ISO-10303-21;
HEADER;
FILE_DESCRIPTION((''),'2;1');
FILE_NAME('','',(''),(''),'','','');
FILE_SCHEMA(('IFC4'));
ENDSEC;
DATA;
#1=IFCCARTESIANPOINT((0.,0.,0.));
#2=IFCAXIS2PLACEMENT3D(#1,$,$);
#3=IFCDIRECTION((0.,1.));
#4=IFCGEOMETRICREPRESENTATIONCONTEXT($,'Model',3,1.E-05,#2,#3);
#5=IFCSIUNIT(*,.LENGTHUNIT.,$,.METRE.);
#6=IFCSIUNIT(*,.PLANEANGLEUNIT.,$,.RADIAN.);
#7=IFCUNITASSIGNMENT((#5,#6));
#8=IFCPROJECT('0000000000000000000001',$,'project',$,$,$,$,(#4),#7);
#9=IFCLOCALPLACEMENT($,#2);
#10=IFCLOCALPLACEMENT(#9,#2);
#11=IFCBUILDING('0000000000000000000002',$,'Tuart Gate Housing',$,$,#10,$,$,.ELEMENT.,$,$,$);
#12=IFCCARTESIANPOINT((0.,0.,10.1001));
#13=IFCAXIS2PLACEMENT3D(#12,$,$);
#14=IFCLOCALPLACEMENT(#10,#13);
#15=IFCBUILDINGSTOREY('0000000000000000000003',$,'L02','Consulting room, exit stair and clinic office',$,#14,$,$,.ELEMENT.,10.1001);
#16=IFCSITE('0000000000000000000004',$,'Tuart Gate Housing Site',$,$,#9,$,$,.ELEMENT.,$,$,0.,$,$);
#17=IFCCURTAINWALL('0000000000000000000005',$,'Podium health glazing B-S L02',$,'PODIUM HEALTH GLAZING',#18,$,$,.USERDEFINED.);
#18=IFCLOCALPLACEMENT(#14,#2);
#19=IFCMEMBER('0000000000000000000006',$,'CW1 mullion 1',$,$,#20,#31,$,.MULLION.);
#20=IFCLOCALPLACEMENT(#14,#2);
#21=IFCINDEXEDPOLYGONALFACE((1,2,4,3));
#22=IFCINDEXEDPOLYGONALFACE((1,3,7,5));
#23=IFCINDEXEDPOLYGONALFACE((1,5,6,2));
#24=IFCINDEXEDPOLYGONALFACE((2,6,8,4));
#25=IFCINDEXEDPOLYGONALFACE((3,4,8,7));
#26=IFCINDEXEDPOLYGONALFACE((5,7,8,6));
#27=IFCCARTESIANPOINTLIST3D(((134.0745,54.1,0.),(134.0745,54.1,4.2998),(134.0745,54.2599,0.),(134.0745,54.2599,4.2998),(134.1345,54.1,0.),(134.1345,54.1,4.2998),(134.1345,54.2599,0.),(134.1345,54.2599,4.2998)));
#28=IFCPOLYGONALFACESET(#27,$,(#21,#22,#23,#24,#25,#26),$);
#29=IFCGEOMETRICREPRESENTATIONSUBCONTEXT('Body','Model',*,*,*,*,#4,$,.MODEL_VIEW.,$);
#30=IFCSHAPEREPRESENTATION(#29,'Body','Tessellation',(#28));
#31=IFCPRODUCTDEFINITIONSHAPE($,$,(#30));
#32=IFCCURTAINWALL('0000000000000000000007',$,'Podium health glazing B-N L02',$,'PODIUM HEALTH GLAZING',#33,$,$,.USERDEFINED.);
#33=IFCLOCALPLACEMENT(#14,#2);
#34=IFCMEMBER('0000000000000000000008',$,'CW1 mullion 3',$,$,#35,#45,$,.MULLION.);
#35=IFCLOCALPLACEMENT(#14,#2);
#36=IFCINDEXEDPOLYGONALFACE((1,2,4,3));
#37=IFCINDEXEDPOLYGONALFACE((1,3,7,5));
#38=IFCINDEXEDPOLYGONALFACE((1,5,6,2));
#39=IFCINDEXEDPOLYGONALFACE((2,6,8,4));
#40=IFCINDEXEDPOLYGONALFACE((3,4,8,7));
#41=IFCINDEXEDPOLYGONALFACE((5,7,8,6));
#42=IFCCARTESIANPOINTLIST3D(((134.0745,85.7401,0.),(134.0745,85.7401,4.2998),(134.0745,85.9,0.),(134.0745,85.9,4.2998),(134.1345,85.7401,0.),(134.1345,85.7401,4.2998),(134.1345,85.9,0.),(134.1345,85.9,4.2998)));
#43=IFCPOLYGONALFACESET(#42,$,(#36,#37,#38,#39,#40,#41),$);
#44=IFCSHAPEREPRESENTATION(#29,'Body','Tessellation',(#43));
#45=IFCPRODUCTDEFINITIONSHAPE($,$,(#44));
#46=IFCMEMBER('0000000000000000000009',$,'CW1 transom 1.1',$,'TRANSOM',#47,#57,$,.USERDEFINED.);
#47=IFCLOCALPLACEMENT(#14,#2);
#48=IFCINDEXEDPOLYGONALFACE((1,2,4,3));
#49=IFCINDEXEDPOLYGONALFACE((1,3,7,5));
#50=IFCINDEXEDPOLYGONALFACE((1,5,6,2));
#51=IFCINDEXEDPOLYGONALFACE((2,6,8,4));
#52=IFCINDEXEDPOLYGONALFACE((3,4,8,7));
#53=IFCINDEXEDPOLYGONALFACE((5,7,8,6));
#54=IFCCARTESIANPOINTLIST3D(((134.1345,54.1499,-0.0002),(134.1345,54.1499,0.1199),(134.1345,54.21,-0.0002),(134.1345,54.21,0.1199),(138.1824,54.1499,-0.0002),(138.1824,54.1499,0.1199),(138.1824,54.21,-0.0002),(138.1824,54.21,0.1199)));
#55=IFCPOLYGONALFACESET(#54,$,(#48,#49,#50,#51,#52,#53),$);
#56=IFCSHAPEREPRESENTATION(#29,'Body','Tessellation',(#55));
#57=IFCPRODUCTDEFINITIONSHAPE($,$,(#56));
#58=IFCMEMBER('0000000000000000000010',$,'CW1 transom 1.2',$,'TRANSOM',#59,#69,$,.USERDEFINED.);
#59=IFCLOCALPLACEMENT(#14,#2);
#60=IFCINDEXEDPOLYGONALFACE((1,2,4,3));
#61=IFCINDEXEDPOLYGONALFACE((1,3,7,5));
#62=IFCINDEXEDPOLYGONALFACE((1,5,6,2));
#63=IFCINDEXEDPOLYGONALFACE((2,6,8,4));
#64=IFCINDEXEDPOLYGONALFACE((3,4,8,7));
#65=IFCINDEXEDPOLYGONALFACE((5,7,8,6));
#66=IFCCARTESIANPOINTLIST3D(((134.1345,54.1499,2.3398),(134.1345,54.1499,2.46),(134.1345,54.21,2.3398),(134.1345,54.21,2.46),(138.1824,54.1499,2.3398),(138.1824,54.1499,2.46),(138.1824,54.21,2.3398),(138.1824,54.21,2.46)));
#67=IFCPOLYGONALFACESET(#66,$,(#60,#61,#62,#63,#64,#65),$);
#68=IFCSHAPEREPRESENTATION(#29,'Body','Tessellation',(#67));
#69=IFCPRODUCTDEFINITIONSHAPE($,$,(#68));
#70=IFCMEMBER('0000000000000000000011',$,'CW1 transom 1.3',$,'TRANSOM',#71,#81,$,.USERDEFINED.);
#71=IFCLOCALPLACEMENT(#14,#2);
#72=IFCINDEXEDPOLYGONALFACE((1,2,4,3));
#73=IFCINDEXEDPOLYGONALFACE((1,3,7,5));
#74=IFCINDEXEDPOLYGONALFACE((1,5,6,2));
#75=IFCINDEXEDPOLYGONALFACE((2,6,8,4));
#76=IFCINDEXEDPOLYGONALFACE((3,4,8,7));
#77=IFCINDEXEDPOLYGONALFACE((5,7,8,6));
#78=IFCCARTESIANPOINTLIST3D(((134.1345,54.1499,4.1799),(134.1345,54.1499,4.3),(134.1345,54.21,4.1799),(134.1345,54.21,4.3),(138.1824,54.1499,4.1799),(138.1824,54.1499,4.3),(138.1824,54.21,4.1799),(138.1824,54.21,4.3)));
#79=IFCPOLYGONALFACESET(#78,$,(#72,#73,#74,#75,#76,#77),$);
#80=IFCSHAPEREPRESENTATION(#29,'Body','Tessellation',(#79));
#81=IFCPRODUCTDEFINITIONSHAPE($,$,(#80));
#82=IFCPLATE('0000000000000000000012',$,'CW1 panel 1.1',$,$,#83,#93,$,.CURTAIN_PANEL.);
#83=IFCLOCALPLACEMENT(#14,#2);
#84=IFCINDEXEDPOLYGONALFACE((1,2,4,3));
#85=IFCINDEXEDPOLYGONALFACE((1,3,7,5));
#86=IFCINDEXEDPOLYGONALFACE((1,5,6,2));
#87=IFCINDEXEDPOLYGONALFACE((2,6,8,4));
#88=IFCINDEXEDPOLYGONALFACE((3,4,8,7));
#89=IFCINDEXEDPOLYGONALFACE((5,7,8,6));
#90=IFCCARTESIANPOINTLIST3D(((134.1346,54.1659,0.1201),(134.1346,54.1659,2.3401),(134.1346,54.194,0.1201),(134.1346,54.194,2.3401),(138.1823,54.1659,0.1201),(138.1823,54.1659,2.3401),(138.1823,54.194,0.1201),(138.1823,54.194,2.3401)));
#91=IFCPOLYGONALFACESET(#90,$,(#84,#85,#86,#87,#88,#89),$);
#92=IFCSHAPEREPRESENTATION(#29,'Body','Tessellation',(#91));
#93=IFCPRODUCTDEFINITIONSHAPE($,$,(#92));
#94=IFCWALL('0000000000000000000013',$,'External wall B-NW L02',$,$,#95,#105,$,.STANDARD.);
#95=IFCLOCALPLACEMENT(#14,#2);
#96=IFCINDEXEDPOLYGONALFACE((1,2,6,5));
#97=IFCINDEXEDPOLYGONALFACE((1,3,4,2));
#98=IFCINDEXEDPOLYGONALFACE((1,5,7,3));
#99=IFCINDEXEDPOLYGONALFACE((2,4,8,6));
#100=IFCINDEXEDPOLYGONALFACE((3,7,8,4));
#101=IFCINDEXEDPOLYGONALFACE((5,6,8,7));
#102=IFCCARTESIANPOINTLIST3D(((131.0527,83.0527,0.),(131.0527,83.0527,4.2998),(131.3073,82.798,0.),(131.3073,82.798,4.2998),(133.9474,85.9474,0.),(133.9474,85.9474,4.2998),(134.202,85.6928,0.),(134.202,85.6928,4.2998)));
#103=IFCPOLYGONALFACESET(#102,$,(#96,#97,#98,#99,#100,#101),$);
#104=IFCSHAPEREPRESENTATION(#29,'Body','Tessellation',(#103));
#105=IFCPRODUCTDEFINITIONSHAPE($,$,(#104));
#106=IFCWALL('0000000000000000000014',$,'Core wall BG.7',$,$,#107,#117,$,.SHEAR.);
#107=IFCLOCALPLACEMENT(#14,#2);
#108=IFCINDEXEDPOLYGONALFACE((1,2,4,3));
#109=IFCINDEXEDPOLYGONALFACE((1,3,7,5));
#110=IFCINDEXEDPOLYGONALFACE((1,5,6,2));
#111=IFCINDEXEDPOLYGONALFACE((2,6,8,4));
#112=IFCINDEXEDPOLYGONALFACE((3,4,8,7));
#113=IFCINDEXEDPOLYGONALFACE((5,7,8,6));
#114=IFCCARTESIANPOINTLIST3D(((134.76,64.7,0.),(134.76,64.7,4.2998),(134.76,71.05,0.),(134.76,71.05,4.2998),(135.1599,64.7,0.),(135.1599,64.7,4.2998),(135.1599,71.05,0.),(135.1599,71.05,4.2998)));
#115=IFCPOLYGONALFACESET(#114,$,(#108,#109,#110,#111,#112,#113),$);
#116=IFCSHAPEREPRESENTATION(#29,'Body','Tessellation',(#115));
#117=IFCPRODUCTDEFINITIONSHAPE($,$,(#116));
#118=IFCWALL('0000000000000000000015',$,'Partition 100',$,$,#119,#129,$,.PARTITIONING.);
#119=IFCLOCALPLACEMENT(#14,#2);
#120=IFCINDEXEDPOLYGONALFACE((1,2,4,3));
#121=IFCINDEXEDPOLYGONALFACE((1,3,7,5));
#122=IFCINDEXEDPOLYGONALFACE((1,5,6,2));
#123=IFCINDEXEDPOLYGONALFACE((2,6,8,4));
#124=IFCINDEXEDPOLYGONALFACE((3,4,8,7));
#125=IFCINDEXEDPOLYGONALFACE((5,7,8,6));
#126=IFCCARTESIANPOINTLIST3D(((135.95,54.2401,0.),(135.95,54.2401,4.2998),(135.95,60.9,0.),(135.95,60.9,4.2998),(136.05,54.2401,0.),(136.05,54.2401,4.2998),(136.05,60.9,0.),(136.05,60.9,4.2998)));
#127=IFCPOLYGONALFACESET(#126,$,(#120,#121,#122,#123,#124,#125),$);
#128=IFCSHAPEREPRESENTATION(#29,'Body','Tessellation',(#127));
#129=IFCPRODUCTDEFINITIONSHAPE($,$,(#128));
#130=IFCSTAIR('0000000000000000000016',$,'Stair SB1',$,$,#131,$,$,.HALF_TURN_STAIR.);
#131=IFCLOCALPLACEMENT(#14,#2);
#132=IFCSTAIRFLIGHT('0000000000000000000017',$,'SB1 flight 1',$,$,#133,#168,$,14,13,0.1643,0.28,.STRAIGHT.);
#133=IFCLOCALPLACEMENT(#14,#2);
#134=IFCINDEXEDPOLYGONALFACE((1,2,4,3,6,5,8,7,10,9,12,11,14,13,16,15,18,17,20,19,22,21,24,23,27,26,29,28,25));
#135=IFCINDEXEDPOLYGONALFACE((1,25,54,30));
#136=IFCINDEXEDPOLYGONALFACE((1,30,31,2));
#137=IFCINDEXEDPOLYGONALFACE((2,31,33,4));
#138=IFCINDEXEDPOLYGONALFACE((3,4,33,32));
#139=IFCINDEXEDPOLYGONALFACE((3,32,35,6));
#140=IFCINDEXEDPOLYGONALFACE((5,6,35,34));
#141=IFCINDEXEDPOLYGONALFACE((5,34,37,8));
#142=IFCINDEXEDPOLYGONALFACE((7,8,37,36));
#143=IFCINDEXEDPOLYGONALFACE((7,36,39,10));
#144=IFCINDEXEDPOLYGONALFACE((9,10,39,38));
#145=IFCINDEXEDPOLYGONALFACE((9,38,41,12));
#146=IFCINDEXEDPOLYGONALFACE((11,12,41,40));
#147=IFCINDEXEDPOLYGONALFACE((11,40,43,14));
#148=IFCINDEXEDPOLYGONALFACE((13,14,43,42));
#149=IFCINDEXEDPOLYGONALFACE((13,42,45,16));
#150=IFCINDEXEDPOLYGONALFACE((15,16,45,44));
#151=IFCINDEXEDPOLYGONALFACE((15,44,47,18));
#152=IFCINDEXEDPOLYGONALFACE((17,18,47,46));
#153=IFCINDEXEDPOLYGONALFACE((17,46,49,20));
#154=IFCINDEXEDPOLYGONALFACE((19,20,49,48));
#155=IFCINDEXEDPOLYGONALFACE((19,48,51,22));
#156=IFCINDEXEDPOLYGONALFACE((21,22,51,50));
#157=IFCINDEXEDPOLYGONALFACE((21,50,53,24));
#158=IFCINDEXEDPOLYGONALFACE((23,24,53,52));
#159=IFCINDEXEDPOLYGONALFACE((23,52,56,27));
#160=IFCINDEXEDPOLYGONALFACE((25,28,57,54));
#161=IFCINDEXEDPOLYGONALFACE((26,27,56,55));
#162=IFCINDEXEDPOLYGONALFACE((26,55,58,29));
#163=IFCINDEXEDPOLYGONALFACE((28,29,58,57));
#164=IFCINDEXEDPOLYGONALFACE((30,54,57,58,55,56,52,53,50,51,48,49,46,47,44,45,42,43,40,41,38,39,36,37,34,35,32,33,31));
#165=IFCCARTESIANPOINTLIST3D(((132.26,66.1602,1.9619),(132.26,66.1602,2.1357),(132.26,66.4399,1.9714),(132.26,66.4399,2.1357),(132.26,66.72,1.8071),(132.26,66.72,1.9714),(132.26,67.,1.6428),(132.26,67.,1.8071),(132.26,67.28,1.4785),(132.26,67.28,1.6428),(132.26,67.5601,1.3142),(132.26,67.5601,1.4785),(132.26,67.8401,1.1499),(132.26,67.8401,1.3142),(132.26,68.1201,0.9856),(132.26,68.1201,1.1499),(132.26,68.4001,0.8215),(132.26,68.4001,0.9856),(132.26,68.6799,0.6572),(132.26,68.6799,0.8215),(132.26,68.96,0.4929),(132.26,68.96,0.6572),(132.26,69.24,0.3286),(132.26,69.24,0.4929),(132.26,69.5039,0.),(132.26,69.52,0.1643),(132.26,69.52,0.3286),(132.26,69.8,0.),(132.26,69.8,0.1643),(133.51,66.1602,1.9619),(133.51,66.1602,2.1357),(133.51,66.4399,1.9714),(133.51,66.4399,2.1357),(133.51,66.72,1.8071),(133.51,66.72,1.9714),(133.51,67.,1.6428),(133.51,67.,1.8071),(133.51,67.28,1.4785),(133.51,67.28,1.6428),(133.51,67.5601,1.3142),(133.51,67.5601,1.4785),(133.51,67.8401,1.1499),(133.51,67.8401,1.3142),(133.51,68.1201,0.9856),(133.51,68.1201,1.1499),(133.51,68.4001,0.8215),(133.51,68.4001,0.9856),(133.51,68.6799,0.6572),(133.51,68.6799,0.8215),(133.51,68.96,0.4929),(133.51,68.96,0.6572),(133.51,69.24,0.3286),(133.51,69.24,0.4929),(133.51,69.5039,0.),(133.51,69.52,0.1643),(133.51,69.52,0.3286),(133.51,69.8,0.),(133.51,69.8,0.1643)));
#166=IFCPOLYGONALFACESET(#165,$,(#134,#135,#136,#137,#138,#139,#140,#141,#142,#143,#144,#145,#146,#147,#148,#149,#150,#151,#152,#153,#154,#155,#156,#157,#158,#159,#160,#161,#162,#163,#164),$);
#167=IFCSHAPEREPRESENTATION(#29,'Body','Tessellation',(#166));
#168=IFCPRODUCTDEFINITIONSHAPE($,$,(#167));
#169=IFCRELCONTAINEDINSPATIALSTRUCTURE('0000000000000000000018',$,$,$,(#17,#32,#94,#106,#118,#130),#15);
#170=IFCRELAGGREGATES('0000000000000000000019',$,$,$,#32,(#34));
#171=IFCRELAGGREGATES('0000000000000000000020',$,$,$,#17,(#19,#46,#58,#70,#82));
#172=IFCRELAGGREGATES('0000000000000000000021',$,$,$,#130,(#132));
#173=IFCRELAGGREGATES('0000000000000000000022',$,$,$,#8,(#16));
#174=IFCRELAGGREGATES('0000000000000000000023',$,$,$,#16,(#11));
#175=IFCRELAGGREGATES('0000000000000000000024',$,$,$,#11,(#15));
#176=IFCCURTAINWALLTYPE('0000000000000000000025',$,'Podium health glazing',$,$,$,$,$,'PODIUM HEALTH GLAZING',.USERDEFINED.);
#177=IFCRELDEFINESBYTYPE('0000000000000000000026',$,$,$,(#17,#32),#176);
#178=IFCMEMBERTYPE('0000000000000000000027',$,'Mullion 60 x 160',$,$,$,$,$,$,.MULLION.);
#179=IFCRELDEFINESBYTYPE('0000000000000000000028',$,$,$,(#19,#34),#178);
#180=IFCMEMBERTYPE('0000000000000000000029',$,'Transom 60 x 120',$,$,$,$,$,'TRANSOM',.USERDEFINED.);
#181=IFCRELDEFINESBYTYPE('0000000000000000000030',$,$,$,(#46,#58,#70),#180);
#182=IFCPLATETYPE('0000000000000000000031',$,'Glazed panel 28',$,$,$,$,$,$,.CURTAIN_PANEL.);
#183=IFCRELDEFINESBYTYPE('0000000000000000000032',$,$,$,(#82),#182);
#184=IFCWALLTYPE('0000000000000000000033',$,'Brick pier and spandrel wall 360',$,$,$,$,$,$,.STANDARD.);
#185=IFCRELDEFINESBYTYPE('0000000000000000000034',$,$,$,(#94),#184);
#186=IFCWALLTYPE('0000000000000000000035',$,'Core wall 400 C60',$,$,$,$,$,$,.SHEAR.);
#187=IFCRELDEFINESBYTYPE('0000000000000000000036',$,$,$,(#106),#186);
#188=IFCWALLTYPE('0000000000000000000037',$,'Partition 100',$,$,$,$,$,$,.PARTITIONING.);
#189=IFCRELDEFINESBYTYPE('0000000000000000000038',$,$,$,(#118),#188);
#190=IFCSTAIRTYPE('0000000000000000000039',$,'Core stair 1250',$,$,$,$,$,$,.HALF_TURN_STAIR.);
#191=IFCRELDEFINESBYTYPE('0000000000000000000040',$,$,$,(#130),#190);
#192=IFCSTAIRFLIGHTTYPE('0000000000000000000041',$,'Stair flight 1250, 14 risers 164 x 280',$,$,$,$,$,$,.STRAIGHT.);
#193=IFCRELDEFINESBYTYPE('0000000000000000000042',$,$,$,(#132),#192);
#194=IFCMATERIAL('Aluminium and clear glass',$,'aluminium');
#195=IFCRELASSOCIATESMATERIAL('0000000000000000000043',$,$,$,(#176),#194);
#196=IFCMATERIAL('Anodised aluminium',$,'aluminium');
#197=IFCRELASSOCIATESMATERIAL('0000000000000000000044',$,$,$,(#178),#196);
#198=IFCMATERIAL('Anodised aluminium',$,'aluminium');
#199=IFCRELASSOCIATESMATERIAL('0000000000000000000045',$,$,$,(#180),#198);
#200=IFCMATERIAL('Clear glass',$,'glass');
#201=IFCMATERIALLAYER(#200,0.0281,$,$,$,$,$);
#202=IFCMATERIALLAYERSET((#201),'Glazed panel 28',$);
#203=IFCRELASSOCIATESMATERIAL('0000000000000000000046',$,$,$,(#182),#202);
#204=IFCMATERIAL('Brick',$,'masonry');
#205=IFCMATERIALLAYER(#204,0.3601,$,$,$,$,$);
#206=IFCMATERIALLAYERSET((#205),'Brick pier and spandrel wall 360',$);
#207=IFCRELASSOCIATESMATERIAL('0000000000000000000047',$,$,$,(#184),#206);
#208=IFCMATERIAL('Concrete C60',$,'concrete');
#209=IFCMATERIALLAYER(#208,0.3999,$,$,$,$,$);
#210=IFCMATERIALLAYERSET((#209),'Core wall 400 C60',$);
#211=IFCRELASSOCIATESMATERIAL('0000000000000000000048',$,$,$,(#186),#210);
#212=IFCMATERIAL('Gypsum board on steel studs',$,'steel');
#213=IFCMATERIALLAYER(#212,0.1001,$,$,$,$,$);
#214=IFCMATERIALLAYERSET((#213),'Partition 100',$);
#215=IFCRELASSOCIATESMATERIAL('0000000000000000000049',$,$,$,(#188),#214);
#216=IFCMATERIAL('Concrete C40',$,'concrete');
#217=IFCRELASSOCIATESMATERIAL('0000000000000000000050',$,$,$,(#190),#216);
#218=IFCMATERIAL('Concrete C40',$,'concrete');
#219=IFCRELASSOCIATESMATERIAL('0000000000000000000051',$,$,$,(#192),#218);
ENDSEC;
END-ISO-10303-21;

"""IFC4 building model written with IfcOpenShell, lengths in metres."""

from ifc_helpers import new_model, si_unit, direction, frame, frame_2d, origin, origin_2d, place, context, subcontext, project, spatial, polyline, rectangle, outline, extrude, material, layer, layer_set, material_profile, profile_set, type_object, element, aggregate, save


model = new_model("IFC4")

# Units and contexts
model_context = context("Model", 3, precision=1e-05, world=origin(), true_north=direction((0.0, 1.0)))
body_context = subcontext(model_context, "Body", "Model", "MODEL_VIEW")
ifc_project = project(units=[si_unit("LENGTHUNIT", "METRE"), si_unit("PLANEANGLEUNIT", "RADIAN")], contexts=[model_context])

# Site, building, storey
site_placement = place(None, origin())
site = spatial("IfcSite", under=ifc_project, at=site_placement, Name="Tuart Gate Housing Site", CompositionType="ELEMENT", RefElevation=0.0)
building_placement = place(site_placement, origin())
building = spatial("IfcBuilding", under=site, at=building_placement, Name="Tuart Gate Housing", CompositionType="ELEMENT")
storey_placement = place(building_placement, frame((0.0, 0.0, 10.1001)))
storey = spatial("IfcBuildingStorey", under=building, at=storey_placement, Name="L02", Description="Consulting room, exit stair and clinic office", CompositionType="ELEMENT", Elevation=10.1001)

# Curtain walls, members
ifc_material_1 = material(Name="Aluminium and clear glass", Category="aluminium")
curtain_wall_type = type_object("IfcCurtainWallType", Name="Podium health glazing", ElementType="PODIUM HEALTH GLAZING", PredefinedType="USERDEFINED", material=ifc_material_1)
curtain_wall_1_placement = place(storey_placement, origin())
curtain_wall_1 = element("IfcCurtainWall", 1, at=curtain_wall_1_placement, inside=storey, type_object=curtain_wall_type, Name="Podium health glazing B-S L02", ObjectType="PODIUM HEALTH GLAZING", PredefinedType="USERDEFINED")
ifc_material_2 = material(Name="Anodised aluminium", Category="aluminium")
ifc_material_profile_1 = material_profile(ifc_material_2, rectangle(XDim=0.0601, YDim=0.1599, at=origin_2d()), Name="60x160")
ifc_profile_set_1 = profile_set([ifc_material_profile_1], Name="Anodised aluminium")
member_type_1 = type_object("IfcMemberType", Name="Mullion 60 x 160", PredefinedType="MULLION", material=ifc_profile_set_1)
member_1_placement = place(storey_placement, frame((134.1045, 54.1799, 0.0), z_axis=(0.0, 0.0, 1.0), x_axis=(1.0, 0.0, 0.0)))
member_1 = element("IfcMember", 2, at=member_1_placement, type_object=member_type_1, Name="CW1 mullion 1", PredefinedType="MULLION", context=body_context, shape_type="SweptSolid", body=[
    extrude(rectangle(XDim=0.0601, YDim=0.1599, at=origin_2d()), origin(), (0.0, 0.0, 1.0), 4.2998),
])
curtain_wall_2_placement = place(storey_placement, origin())
curtain_wall_2 = element("IfcCurtainWall", 3, at=curtain_wall_2_placement, inside=storey, type_object=curtain_wall_type, Name="Podium health glazing B-N L02", ObjectType="PODIUM HEALTH GLAZING", PredefinedType="USERDEFINED")
member_2_placement = place(storey_placement, frame((134.1045, 85.8201, 0.0), z_axis=(0.0, 0.0, 1.0), x_axis=(-1.0, 0.0, 0.0)))
member_2 = element("IfcMember", 4, at=member_2_placement, type_object=member_type_1, Name="CW1 mullion 3", PredefinedType="MULLION", context=body_context, shape_type="SweptSolid", body=[
    extrude(rectangle(XDim=0.0601, YDim=0.1599, at=origin_2d()), origin(), (0.0, 0.0, 1.0), 4.2998),
])
aggregate(curtain_wall_2, [member_2])

# Members
ifc_material_3 = material(Name="Anodised aluminium", Category="aluminium")
ifc_material_profile_2 = material_profile(ifc_material_3, rectangle(XDim=0.0601, YDim=0.1201, at=origin_2d()), Name="60x120")
ifc_profile_set_2 = profile_set([ifc_material_profile_2], Name="Anodised aluminium")
member_type_2 = type_object("IfcMemberType", Name="Transom 60 x 120", ElementType="TRANSOM", PredefinedType="USERDEFINED", material=ifc_profile_set_2)
member_3_placement = place(storey_placement, frame((134.1345, 54.1799, 0.0598), z_axis=(1.0, 0.0, 0.0), x_axis=(0.0, 1.0, 0.0)))
member_3 = element("IfcMember", 5, at=member_3_placement, type_object=member_type_2, Name="CW1 transom 1.1", ObjectType="TRANSOM", PredefinedType="USERDEFINED", context=body_context, shape_type="SweptSolid", body=[
    extrude(rectangle(XDim=0.0601, YDim=0.1201, at=origin_2d()), origin(), (0.0, 0.0, 1.0), 4.0479),
])
member_4_placement = place(storey_placement, frame((134.1345, 54.1799, 2.3999), z_axis=(1.0, 0.0, 0.0), x_axis=(0.0, 1.0, 0.0)))
member_4 = element("IfcMember", 6, at=member_4_placement, type_object=member_type_2, Name="CW1 transom 1.2", ObjectType="TRANSOM", PredefinedType="USERDEFINED", context=body_context, shape_type="SweptSolid", body=[
    extrude(rectangle(XDim=0.0601, YDim=0.1201, at=origin_2d()), origin(), (0.0, 0.0, 1.0), 4.0479),
])
member_5_placement = place(storey_placement, frame((134.1345, 54.1799, 4.24), z_axis=(1.0, 0.0, 0.0), x_axis=(0.0, 1.0, 0.0)))
member_5 = element("IfcMember", 7, at=member_5_placement, type_object=member_type_2, Name="CW1 transom 1.3", ObjectType="TRANSOM", PredefinedType="USERDEFINED", context=body_context, shape_type="SweptSolid", body=[
    extrude(rectangle(XDim=0.0601, YDim=0.1201, at=origin_2d()), origin(), (0.0, 0.0, 1.0), 4.0479),
])

# Plate
ifc_material_4 = material(Name="Clear glass", Category="glass")
ifc_layer_1 = layer(ifc_material_4, 0.0281)
ifc_layer_set_1 = layer_set([ifc_layer_1], Name="Glazed panel 28")
plate_type = type_object("IfcPlateType", Name="Glazed panel 28", PredefinedType="CURTAIN_PANEL", material=ifc_layer_set_1)
plate_placement = place(storey_placement, frame((136.1584, 54.1799, 0.1201), z_axis=(0.0, 0.0, 1.0), x_axis=(1.0, 0.0, 0.0)))
plate = element("IfcPlate", 8, at=plate_placement, type_object=plate_type, Name="CW1 panel 1.1", PredefinedType="CURTAIN_PANEL", context=body_context, shape_type="SweptSolid", body=[
    extrude(rectangle(XDim=4.0476, YDim=0.0281, at=origin_2d()), origin(), (0.0, 0.0, 1.0), 2.22),
])
aggregate(curtain_wall_1, [member_1, member_3, member_4, member_5, plate])

# Walls
ifc_material_5 = material(Name="Brick", Category="masonry")
ifc_layer_2 = layer(ifc_material_5, 0.3601)
ifc_layer_set_2 = layer_set([ifc_layer_2], Name="Brick pier and spandrel wall 360")
wall_type_1 = type_object("IfcWallType", Name="Brick pier and spandrel wall 360", PredefinedType="STANDARD", material=ifc_layer_set_2)
wall_1_placement = place(storey_placement, frame((134.0747, 85.8201, 0.0), z_axis=(0.0, 0.0, 1.0), x_axis=(-0.707107, -0.707107, 0.0)))
element("IfcWall", 9, at=wall_1_placement, inside=storey, type_object=wall_type_1, Name="External wall B-NW L02", PredefinedType="STANDARD", context=body_context, shape_type="SweptSolid", body=[
    extrude(rectangle(XDim=4.0938, YDim=0.3601, at=frame_2d((2.0469, 0.0))), origin(), (0.0, 0.0, 1.0), 4.2998),
])
ifc_material_6 = material(Name="Concrete C60", Category="concrete")
ifc_layer_3 = layer(ifc_material_6, 0.3999)
ifc_layer_set_3 = layer_set([ifc_layer_3], Name="Core wall 400 C60")
wall_type_2 = type_object("IfcWallType", Name="Core wall 400 C60", PredefinedType="SHEAR", material=ifc_layer_set_3)
wall_2_placement = place(storey_placement, frame((134.96, 64.7, 0.0), z_axis=(0.0, 0.0, 1.0), x_axis=(0.0, 1.0, 0.0)))
element("IfcWall", 10, at=wall_2_placement, inside=storey, type_object=wall_type_2, Name="Core wall BG.7", PredefinedType="SHEAR", context=body_context, shape_type="SweptSolid", body=[
    extrude(rectangle(XDim=6.3501, YDim=0.3999, at=frame_2d((3.175, 0.0))), origin(), (0.0, 0.0, 1.0), 4.2998),
])
ifc_material_7 = material(Name="Gypsum board on steel studs", Category="steel")
ifc_layer_4 = layer(ifc_material_7, 0.1001)
ifc_layer_set_4 = layer_set([ifc_layer_4], Name="Partition 100")
wall_type_3 = type_object("IfcWallType", Name="Partition 100", PredefinedType="PARTITIONING", material=ifc_layer_set_4)
wall_3_placement = place(storey_placement, frame((136.0, 54.24, 0.0), z_axis=(0.0, 0.0, 1.0), x_axis=(0.0, 1.0, 0.0)))
element("IfcWall", 11, at=wall_3_placement, inside=storey, type_object=wall_type_3, Name="Partition 100", PredefinedType="PARTITIONING", context=body_context, shape_type="SweptSolid", body=[
    extrude(rectangle(XDim=6.6599, YDim=0.1001, at=frame_2d((3.3301, 0.0))), origin(), (0.0, 0.0, 1.0), 4.2998),
])

# Stair, stair flight
ifc_material_8 = material(Name="Concrete C40", Category="concrete")
stair_type = type_object("IfcStairType", Name="Core stair 1250", PredefinedType="HALF_TURN_STAIR", material=ifc_material_8)
stair_placement = place(storey_placement, origin())
stair = element("IfcStair", 12, at=stair_placement, inside=storey, type_object=stair_type, Name="Stair SB1", PredefinedType="HALF_TURN_STAIR")
ifc_material_9 = material(Name="Concrete C40", Category="concrete")
stair_flight_type = type_object("IfcStairFlightType", Name="Stair flight 1250, 14 risers 164 x 280", PredefinedType="STRAIGHT", material=ifc_material_9)
stair_flight_1_placement = place(storey_placement, frame((132.885, 69.8, 0.0), z_axis=(0.0, 0.0, 1.0), x_axis=(0.0, -1.0, 0.0)))
stair_flight_1 = element("IfcStairFlight", 13, at=stair_flight_1_placement, type_object=stair_flight_type, Name="SB1 flight 1", NumberOfRisers=14, NumberOfTreads=13, PredefinedType="STRAIGHT", RiserHeight=0.1643, TreadLength=0.28, context=body_context, shape_type="SweptSolid", body=[
    extrude(outline(polyline([(0.0, 0.0), (0.0, 0.1643), (0.28, 0.1643), (0.28, 0.3286), (0.5601, 0.3286), (0.5601, 0.4929), (0.8401, 0.4929), (0.8401, 0.6572), (1.1201, 0.6572), (1.1201, 0.8215), (1.3999, 0.8215), (1.3999, 0.9856), (1.6799, 0.9856), (1.6799, 1.1499), (1.96, 1.1499), (1.96, 1.3142), (2.24, 1.3142), (2.24, 1.4785), (2.52, 1.4785), (2.52, 1.6428), (2.8, 1.6428), (2.8, 1.8071), (3.0801, 1.8071), (3.0801, 1.9714), (3.3601, 1.9714), (3.3601, 2.1357), (3.6399, 2.1357), (3.6399, 2.3), (3.6399, 1.9619), (0.2961, 0.0), (0.0, 0.0)])), frame((0.0, 0.625, 0.0), z_axis=(0.0, -1.0, 0.0), x_axis=(1.0, 0.0, 0.0)), (0.0, 0.0, 1.0), 1.25),
])
aggregate(stair, [stair_flight_1])

save(model, "model.ifc")
